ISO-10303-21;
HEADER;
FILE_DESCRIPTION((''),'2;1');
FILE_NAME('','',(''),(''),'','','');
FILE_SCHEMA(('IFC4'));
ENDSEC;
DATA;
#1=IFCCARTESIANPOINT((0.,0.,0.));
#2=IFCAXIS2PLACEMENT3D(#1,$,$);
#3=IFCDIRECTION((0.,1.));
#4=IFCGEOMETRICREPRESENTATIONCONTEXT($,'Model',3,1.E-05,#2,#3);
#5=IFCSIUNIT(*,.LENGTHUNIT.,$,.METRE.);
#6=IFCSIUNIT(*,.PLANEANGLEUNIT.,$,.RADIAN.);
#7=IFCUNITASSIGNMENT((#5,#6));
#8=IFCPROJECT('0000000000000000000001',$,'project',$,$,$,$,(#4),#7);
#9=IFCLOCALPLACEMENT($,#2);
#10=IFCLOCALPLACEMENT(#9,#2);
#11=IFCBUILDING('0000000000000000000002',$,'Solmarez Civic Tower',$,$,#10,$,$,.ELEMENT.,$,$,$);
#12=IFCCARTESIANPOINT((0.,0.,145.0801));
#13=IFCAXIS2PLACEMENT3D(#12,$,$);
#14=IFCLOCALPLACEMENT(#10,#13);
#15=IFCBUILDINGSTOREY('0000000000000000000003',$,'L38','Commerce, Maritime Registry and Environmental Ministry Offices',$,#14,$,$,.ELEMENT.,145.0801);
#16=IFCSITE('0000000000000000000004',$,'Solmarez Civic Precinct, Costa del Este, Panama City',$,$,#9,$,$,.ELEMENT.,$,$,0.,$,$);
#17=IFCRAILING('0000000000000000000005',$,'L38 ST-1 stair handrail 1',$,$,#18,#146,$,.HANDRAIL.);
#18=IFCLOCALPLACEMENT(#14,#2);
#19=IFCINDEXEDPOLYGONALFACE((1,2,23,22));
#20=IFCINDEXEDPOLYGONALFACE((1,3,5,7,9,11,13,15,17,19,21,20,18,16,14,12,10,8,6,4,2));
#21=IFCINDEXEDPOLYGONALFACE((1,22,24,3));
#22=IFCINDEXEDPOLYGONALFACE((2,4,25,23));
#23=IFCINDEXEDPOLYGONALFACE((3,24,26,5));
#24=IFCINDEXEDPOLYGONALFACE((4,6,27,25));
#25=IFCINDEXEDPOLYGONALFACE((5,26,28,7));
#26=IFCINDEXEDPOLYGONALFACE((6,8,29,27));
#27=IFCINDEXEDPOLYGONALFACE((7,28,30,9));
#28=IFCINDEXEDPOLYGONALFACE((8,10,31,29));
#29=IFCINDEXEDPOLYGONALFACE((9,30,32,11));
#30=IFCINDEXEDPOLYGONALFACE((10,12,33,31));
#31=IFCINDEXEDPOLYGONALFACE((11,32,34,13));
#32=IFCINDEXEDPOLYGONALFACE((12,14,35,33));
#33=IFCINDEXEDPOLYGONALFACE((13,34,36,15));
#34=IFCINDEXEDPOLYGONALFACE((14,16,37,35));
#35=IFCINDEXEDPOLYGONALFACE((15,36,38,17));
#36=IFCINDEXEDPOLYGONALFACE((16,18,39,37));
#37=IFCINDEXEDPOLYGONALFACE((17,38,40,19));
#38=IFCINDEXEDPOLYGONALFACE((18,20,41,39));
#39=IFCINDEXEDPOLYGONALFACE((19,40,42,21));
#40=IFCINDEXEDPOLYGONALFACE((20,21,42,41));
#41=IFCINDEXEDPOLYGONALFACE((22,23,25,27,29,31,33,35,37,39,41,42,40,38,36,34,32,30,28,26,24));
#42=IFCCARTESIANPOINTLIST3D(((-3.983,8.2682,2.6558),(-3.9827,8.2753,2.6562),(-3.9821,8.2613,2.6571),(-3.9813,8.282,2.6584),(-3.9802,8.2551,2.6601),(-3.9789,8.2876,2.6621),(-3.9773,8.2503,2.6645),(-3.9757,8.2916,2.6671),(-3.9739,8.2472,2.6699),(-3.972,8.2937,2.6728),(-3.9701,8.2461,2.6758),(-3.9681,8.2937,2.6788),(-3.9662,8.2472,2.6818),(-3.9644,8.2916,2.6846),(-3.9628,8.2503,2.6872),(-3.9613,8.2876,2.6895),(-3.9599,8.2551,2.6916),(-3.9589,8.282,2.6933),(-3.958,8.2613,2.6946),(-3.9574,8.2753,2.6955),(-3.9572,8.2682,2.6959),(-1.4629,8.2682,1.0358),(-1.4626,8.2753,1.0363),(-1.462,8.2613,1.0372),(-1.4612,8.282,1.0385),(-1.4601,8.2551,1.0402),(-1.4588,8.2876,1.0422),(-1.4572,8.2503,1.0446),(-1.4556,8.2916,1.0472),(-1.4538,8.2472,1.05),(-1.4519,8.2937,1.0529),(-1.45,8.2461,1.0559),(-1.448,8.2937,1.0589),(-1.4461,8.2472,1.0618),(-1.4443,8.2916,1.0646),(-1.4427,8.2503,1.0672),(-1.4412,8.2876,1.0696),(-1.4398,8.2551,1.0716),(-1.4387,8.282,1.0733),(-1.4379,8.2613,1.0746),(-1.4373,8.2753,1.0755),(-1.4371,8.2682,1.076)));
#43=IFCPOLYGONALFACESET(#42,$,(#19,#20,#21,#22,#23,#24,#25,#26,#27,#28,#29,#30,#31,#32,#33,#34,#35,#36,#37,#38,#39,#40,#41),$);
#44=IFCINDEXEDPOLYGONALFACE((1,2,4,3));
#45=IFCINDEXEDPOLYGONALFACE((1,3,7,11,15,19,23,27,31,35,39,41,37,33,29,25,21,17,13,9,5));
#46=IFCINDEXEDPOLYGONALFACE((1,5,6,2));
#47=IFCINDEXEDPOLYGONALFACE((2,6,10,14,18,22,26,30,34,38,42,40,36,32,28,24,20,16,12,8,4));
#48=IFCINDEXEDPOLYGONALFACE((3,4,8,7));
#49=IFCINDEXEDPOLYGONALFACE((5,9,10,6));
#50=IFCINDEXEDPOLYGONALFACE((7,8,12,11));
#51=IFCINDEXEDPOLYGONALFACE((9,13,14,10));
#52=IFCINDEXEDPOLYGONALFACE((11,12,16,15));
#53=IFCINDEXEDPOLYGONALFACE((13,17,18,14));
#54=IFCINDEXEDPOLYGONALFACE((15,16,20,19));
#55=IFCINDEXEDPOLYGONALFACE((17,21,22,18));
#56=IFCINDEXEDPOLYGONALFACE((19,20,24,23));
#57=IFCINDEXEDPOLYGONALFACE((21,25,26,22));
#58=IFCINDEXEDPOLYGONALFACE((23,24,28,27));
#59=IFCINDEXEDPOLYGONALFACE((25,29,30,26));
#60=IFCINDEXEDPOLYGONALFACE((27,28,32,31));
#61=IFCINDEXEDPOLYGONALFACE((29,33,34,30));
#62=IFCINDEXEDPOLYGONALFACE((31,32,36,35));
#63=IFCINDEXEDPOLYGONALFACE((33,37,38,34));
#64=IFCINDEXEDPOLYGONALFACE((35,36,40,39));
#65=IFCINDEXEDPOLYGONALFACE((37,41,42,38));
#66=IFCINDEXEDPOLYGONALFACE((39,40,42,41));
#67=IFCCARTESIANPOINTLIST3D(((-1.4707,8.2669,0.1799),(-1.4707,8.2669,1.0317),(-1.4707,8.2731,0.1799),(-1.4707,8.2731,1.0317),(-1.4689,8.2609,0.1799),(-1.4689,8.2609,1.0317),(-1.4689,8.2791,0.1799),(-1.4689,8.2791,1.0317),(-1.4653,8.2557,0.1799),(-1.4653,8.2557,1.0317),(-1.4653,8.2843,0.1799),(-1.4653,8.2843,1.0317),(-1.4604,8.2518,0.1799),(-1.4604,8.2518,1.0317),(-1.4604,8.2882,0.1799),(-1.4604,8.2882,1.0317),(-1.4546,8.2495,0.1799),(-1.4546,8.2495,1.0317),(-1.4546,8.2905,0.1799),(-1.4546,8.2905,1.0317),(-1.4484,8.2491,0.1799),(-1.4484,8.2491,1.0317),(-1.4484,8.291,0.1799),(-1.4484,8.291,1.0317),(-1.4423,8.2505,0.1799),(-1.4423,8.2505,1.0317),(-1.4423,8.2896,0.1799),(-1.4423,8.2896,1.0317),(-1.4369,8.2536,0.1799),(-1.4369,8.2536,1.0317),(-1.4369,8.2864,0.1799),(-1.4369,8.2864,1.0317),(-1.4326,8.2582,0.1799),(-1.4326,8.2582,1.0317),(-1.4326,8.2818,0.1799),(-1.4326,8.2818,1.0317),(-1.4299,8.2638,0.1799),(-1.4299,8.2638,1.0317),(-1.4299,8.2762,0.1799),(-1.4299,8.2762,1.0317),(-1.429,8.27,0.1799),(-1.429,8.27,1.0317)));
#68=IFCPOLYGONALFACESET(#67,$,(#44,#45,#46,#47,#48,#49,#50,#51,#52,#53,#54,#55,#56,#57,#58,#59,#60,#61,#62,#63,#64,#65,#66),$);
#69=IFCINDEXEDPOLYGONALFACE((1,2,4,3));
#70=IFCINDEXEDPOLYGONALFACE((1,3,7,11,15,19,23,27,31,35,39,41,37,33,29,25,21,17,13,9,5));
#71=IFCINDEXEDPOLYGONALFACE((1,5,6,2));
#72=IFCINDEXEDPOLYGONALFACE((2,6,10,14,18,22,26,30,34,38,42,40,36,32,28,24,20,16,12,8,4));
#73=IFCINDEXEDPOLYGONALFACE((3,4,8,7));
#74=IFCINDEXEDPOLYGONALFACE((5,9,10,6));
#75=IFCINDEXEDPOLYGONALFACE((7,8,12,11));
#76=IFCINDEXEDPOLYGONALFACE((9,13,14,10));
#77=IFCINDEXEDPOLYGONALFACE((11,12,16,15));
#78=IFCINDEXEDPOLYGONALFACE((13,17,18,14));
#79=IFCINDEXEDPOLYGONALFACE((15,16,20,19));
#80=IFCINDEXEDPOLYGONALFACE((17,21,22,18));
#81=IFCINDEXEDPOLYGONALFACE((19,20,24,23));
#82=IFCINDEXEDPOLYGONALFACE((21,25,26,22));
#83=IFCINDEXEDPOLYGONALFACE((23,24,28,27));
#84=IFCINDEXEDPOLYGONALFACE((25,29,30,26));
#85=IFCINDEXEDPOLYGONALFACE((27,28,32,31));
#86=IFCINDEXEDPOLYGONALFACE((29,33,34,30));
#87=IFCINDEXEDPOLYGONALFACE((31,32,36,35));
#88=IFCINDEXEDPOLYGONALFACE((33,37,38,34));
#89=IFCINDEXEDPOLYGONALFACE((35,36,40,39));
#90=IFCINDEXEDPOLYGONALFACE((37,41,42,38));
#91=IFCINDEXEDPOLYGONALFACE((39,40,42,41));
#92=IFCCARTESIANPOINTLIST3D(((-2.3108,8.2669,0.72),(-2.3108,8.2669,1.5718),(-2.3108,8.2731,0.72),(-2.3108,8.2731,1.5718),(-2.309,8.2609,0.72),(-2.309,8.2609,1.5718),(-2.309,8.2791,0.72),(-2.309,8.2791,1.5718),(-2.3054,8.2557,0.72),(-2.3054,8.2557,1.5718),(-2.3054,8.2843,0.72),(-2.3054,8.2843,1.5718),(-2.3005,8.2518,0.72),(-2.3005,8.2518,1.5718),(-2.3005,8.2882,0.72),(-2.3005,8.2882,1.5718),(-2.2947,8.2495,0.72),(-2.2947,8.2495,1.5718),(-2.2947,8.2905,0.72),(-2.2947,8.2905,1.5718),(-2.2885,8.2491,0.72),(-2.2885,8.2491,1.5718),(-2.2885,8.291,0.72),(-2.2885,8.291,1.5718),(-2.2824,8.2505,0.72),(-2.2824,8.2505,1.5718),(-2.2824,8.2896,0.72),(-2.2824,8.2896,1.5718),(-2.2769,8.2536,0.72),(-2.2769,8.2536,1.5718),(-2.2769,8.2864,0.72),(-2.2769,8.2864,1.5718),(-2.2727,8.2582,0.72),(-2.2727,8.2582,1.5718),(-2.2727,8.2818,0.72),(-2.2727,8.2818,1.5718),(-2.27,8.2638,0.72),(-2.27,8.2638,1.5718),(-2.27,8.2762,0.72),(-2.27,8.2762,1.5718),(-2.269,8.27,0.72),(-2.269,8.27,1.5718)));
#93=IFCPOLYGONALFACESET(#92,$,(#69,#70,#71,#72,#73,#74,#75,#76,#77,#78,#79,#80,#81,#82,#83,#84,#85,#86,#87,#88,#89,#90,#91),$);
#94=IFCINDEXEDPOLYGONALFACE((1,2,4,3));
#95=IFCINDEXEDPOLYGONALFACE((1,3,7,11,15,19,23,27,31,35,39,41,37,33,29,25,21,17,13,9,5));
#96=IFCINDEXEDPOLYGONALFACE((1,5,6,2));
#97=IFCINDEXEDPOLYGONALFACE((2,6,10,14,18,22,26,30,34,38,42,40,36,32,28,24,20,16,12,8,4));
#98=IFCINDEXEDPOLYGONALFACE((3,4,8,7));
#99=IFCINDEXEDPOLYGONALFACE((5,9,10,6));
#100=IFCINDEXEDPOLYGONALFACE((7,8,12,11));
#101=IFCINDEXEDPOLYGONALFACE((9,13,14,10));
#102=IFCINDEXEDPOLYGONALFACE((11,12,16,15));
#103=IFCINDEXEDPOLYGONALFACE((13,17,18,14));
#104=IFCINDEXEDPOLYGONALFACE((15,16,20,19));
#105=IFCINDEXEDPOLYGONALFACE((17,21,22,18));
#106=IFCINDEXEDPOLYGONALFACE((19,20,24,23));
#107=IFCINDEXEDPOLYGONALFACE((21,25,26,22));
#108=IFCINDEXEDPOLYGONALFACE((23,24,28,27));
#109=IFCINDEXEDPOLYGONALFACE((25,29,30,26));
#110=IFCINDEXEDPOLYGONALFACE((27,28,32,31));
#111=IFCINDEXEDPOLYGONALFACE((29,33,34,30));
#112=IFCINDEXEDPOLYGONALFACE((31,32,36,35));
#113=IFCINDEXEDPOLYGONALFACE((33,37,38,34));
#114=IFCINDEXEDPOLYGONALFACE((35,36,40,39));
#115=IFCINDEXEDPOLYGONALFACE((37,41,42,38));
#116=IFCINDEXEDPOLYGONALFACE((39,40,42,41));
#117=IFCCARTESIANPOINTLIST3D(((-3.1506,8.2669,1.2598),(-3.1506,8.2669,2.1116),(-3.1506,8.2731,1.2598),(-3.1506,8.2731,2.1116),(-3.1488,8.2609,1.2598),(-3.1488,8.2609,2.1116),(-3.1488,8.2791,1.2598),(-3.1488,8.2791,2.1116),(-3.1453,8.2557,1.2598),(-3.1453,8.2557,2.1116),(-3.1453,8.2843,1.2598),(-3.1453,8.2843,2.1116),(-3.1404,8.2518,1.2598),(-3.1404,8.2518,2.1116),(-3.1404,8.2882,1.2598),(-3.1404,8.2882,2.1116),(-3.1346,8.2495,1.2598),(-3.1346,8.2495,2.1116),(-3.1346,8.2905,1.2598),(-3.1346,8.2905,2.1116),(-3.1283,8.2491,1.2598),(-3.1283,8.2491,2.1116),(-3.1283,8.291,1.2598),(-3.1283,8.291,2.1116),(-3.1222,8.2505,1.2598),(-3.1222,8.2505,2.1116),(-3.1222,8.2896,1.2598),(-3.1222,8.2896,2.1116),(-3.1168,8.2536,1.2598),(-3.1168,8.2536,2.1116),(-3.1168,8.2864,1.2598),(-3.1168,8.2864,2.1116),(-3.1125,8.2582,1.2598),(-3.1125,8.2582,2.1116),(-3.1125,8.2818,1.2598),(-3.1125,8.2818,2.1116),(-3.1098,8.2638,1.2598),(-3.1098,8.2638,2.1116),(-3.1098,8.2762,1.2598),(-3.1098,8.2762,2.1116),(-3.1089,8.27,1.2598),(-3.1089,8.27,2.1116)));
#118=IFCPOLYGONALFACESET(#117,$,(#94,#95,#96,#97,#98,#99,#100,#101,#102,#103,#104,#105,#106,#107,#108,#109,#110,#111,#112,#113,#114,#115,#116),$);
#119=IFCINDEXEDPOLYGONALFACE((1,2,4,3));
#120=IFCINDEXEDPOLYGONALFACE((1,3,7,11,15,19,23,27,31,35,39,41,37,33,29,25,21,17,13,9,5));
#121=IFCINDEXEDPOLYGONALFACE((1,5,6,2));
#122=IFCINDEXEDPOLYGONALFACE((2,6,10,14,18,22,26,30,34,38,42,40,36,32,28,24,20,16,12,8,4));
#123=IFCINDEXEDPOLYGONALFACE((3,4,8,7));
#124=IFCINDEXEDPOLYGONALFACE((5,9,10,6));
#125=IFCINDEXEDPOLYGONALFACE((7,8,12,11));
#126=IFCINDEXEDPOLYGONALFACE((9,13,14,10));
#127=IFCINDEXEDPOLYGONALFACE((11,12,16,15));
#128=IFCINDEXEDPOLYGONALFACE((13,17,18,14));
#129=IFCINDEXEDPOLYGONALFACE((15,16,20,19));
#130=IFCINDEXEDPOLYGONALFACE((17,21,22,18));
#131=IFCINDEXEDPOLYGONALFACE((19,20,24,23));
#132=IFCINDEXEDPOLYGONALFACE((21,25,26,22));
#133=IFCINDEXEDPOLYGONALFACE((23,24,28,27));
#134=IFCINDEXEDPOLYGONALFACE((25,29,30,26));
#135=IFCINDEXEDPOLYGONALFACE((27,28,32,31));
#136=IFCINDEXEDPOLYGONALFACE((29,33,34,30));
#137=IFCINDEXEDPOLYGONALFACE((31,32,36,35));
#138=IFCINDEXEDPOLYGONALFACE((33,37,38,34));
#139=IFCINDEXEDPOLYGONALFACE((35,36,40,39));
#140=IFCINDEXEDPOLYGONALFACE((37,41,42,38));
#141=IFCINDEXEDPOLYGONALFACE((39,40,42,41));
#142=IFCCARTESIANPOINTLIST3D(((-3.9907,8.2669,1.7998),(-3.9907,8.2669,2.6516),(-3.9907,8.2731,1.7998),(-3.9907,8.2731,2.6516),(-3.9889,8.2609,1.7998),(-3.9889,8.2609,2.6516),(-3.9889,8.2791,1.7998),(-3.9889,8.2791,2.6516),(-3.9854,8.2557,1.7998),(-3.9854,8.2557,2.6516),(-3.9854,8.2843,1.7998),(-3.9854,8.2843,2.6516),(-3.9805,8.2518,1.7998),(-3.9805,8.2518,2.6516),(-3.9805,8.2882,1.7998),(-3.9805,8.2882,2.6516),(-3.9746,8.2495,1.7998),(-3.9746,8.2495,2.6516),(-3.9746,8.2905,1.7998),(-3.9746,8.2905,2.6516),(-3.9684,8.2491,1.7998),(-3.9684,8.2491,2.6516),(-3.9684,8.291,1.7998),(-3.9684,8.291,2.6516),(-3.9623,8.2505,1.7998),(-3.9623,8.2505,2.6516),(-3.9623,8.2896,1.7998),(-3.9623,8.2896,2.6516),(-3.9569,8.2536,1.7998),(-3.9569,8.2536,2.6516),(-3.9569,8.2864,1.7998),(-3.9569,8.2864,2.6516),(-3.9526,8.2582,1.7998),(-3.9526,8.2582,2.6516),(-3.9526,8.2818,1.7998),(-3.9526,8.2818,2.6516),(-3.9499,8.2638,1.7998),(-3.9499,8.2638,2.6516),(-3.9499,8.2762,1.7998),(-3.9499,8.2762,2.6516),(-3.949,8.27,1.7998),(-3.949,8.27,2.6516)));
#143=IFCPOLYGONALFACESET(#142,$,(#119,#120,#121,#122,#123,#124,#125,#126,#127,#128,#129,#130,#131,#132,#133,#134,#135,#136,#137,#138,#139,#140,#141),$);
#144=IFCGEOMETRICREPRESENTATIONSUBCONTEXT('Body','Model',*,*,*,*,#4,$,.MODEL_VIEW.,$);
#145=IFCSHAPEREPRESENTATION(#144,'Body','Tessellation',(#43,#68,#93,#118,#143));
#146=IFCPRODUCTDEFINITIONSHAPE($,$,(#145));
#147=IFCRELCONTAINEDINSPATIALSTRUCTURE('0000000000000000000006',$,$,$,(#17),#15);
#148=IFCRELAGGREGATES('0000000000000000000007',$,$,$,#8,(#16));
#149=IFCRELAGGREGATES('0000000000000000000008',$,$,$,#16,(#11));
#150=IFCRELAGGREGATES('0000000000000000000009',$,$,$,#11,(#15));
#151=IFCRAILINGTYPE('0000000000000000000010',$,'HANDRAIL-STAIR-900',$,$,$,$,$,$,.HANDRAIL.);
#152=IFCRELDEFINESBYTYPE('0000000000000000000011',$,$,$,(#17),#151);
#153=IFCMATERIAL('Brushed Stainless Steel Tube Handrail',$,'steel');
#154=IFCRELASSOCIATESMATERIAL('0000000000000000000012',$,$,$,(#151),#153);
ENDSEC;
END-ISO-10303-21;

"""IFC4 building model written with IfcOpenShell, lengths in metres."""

from ifc_helpers import new_model, si_unit, direction, frame, origin, origin_2d, place, context, subcontext, project, spatial, circle, extrude, material, type_object, element, save


model = new_model("IFC4")

# Units and contexts
model_context = context("Model", 3, precision=1e-05, world=origin(), true_north=direction((0.0, 1.0)))
body_context = subcontext(model_context, "Body", "Model", "MODEL_VIEW")
ifc_project = project(units=[si_unit("LENGTHUNIT", "METRE"), si_unit("PLANEANGLEUNIT", "RADIAN")], contexts=[model_context])

# Site, building, storey
site_placement = place(None, origin())
site = spatial("IfcSite", under=ifc_project, at=site_placement, Name="Solmarez Civic Precinct, Costa del Este, Panama City", CompositionType="ELEMENT", RefElevation=0.0)
building_placement = place(site_placement, origin())
building = spatial("IfcBuilding", under=site, at=building_placement, Name="Solmarez Civic Tower", CompositionType="ELEMENT")
storey_placement = place(building_placement, frame((0.0, 0.0, 145.0801)))
storey = spatial("IfcBuildingStorey", under=building, at=storey_placement, Name="L38", Description="Commerce, Maritime Registry and Environmental Ministry Offices", CompositionType="ELEMENT", Elevation=145.0801)

# Railing
ifc_material_1 = material(Name="Brushed Stainless Steel Tube Handrail", Category="steel")
railing_type_1 = type_object("IfcRailingType", Name="HANDRAIL-STAIR-900", PredefinedType="HANDRAIL", material=ifc_material_1)
railing_1_placement = place(storey_placement, frame((-1.45, 8.27, 0.1799)))
element("IfcRailing", 1, at=railing_1_placement, inside=storey, type_object=railing_type_1, Name="L38 ST-1 stair handrail 1", PredefinedType="HANDRAIL", context=body_context, shape_type="SweptSolid", body=[
    extrude(circle(Radius=0.0239, at=origin_2d()), frame((0.0, 0.0, 0.876), z_axis=(-0.8412, 0.0, 0.540725), x_axis=(0.0, -1.0, 0.0)), (0.0, 0.0, 1.0), 2.9958),
    extrude(circle(Radius=0.021, at=origin_2d()), origin(), (0.0, 0.0, 1.0), 0.8518),
    extrude(circle(Radius=0.021, at=origin_2d()), frame((-0.8401, 0.0, 0.54)), (0.0, 0.0, 1.0), 0.8518),
    extrude(circle(Radius=0.021, at=origin_2d()), frame((-1.6799, 0.0, 1.0798)), (0.0, 0.0, 1.0), 0.8518),
    extrude(circle(Radius=0.021, at=origin_2d()), frame((-2.52, 0.0, 1.6199)), (0.0, 0.0, 1.0), 0.8518),
])

save(model, "model.ifc")
